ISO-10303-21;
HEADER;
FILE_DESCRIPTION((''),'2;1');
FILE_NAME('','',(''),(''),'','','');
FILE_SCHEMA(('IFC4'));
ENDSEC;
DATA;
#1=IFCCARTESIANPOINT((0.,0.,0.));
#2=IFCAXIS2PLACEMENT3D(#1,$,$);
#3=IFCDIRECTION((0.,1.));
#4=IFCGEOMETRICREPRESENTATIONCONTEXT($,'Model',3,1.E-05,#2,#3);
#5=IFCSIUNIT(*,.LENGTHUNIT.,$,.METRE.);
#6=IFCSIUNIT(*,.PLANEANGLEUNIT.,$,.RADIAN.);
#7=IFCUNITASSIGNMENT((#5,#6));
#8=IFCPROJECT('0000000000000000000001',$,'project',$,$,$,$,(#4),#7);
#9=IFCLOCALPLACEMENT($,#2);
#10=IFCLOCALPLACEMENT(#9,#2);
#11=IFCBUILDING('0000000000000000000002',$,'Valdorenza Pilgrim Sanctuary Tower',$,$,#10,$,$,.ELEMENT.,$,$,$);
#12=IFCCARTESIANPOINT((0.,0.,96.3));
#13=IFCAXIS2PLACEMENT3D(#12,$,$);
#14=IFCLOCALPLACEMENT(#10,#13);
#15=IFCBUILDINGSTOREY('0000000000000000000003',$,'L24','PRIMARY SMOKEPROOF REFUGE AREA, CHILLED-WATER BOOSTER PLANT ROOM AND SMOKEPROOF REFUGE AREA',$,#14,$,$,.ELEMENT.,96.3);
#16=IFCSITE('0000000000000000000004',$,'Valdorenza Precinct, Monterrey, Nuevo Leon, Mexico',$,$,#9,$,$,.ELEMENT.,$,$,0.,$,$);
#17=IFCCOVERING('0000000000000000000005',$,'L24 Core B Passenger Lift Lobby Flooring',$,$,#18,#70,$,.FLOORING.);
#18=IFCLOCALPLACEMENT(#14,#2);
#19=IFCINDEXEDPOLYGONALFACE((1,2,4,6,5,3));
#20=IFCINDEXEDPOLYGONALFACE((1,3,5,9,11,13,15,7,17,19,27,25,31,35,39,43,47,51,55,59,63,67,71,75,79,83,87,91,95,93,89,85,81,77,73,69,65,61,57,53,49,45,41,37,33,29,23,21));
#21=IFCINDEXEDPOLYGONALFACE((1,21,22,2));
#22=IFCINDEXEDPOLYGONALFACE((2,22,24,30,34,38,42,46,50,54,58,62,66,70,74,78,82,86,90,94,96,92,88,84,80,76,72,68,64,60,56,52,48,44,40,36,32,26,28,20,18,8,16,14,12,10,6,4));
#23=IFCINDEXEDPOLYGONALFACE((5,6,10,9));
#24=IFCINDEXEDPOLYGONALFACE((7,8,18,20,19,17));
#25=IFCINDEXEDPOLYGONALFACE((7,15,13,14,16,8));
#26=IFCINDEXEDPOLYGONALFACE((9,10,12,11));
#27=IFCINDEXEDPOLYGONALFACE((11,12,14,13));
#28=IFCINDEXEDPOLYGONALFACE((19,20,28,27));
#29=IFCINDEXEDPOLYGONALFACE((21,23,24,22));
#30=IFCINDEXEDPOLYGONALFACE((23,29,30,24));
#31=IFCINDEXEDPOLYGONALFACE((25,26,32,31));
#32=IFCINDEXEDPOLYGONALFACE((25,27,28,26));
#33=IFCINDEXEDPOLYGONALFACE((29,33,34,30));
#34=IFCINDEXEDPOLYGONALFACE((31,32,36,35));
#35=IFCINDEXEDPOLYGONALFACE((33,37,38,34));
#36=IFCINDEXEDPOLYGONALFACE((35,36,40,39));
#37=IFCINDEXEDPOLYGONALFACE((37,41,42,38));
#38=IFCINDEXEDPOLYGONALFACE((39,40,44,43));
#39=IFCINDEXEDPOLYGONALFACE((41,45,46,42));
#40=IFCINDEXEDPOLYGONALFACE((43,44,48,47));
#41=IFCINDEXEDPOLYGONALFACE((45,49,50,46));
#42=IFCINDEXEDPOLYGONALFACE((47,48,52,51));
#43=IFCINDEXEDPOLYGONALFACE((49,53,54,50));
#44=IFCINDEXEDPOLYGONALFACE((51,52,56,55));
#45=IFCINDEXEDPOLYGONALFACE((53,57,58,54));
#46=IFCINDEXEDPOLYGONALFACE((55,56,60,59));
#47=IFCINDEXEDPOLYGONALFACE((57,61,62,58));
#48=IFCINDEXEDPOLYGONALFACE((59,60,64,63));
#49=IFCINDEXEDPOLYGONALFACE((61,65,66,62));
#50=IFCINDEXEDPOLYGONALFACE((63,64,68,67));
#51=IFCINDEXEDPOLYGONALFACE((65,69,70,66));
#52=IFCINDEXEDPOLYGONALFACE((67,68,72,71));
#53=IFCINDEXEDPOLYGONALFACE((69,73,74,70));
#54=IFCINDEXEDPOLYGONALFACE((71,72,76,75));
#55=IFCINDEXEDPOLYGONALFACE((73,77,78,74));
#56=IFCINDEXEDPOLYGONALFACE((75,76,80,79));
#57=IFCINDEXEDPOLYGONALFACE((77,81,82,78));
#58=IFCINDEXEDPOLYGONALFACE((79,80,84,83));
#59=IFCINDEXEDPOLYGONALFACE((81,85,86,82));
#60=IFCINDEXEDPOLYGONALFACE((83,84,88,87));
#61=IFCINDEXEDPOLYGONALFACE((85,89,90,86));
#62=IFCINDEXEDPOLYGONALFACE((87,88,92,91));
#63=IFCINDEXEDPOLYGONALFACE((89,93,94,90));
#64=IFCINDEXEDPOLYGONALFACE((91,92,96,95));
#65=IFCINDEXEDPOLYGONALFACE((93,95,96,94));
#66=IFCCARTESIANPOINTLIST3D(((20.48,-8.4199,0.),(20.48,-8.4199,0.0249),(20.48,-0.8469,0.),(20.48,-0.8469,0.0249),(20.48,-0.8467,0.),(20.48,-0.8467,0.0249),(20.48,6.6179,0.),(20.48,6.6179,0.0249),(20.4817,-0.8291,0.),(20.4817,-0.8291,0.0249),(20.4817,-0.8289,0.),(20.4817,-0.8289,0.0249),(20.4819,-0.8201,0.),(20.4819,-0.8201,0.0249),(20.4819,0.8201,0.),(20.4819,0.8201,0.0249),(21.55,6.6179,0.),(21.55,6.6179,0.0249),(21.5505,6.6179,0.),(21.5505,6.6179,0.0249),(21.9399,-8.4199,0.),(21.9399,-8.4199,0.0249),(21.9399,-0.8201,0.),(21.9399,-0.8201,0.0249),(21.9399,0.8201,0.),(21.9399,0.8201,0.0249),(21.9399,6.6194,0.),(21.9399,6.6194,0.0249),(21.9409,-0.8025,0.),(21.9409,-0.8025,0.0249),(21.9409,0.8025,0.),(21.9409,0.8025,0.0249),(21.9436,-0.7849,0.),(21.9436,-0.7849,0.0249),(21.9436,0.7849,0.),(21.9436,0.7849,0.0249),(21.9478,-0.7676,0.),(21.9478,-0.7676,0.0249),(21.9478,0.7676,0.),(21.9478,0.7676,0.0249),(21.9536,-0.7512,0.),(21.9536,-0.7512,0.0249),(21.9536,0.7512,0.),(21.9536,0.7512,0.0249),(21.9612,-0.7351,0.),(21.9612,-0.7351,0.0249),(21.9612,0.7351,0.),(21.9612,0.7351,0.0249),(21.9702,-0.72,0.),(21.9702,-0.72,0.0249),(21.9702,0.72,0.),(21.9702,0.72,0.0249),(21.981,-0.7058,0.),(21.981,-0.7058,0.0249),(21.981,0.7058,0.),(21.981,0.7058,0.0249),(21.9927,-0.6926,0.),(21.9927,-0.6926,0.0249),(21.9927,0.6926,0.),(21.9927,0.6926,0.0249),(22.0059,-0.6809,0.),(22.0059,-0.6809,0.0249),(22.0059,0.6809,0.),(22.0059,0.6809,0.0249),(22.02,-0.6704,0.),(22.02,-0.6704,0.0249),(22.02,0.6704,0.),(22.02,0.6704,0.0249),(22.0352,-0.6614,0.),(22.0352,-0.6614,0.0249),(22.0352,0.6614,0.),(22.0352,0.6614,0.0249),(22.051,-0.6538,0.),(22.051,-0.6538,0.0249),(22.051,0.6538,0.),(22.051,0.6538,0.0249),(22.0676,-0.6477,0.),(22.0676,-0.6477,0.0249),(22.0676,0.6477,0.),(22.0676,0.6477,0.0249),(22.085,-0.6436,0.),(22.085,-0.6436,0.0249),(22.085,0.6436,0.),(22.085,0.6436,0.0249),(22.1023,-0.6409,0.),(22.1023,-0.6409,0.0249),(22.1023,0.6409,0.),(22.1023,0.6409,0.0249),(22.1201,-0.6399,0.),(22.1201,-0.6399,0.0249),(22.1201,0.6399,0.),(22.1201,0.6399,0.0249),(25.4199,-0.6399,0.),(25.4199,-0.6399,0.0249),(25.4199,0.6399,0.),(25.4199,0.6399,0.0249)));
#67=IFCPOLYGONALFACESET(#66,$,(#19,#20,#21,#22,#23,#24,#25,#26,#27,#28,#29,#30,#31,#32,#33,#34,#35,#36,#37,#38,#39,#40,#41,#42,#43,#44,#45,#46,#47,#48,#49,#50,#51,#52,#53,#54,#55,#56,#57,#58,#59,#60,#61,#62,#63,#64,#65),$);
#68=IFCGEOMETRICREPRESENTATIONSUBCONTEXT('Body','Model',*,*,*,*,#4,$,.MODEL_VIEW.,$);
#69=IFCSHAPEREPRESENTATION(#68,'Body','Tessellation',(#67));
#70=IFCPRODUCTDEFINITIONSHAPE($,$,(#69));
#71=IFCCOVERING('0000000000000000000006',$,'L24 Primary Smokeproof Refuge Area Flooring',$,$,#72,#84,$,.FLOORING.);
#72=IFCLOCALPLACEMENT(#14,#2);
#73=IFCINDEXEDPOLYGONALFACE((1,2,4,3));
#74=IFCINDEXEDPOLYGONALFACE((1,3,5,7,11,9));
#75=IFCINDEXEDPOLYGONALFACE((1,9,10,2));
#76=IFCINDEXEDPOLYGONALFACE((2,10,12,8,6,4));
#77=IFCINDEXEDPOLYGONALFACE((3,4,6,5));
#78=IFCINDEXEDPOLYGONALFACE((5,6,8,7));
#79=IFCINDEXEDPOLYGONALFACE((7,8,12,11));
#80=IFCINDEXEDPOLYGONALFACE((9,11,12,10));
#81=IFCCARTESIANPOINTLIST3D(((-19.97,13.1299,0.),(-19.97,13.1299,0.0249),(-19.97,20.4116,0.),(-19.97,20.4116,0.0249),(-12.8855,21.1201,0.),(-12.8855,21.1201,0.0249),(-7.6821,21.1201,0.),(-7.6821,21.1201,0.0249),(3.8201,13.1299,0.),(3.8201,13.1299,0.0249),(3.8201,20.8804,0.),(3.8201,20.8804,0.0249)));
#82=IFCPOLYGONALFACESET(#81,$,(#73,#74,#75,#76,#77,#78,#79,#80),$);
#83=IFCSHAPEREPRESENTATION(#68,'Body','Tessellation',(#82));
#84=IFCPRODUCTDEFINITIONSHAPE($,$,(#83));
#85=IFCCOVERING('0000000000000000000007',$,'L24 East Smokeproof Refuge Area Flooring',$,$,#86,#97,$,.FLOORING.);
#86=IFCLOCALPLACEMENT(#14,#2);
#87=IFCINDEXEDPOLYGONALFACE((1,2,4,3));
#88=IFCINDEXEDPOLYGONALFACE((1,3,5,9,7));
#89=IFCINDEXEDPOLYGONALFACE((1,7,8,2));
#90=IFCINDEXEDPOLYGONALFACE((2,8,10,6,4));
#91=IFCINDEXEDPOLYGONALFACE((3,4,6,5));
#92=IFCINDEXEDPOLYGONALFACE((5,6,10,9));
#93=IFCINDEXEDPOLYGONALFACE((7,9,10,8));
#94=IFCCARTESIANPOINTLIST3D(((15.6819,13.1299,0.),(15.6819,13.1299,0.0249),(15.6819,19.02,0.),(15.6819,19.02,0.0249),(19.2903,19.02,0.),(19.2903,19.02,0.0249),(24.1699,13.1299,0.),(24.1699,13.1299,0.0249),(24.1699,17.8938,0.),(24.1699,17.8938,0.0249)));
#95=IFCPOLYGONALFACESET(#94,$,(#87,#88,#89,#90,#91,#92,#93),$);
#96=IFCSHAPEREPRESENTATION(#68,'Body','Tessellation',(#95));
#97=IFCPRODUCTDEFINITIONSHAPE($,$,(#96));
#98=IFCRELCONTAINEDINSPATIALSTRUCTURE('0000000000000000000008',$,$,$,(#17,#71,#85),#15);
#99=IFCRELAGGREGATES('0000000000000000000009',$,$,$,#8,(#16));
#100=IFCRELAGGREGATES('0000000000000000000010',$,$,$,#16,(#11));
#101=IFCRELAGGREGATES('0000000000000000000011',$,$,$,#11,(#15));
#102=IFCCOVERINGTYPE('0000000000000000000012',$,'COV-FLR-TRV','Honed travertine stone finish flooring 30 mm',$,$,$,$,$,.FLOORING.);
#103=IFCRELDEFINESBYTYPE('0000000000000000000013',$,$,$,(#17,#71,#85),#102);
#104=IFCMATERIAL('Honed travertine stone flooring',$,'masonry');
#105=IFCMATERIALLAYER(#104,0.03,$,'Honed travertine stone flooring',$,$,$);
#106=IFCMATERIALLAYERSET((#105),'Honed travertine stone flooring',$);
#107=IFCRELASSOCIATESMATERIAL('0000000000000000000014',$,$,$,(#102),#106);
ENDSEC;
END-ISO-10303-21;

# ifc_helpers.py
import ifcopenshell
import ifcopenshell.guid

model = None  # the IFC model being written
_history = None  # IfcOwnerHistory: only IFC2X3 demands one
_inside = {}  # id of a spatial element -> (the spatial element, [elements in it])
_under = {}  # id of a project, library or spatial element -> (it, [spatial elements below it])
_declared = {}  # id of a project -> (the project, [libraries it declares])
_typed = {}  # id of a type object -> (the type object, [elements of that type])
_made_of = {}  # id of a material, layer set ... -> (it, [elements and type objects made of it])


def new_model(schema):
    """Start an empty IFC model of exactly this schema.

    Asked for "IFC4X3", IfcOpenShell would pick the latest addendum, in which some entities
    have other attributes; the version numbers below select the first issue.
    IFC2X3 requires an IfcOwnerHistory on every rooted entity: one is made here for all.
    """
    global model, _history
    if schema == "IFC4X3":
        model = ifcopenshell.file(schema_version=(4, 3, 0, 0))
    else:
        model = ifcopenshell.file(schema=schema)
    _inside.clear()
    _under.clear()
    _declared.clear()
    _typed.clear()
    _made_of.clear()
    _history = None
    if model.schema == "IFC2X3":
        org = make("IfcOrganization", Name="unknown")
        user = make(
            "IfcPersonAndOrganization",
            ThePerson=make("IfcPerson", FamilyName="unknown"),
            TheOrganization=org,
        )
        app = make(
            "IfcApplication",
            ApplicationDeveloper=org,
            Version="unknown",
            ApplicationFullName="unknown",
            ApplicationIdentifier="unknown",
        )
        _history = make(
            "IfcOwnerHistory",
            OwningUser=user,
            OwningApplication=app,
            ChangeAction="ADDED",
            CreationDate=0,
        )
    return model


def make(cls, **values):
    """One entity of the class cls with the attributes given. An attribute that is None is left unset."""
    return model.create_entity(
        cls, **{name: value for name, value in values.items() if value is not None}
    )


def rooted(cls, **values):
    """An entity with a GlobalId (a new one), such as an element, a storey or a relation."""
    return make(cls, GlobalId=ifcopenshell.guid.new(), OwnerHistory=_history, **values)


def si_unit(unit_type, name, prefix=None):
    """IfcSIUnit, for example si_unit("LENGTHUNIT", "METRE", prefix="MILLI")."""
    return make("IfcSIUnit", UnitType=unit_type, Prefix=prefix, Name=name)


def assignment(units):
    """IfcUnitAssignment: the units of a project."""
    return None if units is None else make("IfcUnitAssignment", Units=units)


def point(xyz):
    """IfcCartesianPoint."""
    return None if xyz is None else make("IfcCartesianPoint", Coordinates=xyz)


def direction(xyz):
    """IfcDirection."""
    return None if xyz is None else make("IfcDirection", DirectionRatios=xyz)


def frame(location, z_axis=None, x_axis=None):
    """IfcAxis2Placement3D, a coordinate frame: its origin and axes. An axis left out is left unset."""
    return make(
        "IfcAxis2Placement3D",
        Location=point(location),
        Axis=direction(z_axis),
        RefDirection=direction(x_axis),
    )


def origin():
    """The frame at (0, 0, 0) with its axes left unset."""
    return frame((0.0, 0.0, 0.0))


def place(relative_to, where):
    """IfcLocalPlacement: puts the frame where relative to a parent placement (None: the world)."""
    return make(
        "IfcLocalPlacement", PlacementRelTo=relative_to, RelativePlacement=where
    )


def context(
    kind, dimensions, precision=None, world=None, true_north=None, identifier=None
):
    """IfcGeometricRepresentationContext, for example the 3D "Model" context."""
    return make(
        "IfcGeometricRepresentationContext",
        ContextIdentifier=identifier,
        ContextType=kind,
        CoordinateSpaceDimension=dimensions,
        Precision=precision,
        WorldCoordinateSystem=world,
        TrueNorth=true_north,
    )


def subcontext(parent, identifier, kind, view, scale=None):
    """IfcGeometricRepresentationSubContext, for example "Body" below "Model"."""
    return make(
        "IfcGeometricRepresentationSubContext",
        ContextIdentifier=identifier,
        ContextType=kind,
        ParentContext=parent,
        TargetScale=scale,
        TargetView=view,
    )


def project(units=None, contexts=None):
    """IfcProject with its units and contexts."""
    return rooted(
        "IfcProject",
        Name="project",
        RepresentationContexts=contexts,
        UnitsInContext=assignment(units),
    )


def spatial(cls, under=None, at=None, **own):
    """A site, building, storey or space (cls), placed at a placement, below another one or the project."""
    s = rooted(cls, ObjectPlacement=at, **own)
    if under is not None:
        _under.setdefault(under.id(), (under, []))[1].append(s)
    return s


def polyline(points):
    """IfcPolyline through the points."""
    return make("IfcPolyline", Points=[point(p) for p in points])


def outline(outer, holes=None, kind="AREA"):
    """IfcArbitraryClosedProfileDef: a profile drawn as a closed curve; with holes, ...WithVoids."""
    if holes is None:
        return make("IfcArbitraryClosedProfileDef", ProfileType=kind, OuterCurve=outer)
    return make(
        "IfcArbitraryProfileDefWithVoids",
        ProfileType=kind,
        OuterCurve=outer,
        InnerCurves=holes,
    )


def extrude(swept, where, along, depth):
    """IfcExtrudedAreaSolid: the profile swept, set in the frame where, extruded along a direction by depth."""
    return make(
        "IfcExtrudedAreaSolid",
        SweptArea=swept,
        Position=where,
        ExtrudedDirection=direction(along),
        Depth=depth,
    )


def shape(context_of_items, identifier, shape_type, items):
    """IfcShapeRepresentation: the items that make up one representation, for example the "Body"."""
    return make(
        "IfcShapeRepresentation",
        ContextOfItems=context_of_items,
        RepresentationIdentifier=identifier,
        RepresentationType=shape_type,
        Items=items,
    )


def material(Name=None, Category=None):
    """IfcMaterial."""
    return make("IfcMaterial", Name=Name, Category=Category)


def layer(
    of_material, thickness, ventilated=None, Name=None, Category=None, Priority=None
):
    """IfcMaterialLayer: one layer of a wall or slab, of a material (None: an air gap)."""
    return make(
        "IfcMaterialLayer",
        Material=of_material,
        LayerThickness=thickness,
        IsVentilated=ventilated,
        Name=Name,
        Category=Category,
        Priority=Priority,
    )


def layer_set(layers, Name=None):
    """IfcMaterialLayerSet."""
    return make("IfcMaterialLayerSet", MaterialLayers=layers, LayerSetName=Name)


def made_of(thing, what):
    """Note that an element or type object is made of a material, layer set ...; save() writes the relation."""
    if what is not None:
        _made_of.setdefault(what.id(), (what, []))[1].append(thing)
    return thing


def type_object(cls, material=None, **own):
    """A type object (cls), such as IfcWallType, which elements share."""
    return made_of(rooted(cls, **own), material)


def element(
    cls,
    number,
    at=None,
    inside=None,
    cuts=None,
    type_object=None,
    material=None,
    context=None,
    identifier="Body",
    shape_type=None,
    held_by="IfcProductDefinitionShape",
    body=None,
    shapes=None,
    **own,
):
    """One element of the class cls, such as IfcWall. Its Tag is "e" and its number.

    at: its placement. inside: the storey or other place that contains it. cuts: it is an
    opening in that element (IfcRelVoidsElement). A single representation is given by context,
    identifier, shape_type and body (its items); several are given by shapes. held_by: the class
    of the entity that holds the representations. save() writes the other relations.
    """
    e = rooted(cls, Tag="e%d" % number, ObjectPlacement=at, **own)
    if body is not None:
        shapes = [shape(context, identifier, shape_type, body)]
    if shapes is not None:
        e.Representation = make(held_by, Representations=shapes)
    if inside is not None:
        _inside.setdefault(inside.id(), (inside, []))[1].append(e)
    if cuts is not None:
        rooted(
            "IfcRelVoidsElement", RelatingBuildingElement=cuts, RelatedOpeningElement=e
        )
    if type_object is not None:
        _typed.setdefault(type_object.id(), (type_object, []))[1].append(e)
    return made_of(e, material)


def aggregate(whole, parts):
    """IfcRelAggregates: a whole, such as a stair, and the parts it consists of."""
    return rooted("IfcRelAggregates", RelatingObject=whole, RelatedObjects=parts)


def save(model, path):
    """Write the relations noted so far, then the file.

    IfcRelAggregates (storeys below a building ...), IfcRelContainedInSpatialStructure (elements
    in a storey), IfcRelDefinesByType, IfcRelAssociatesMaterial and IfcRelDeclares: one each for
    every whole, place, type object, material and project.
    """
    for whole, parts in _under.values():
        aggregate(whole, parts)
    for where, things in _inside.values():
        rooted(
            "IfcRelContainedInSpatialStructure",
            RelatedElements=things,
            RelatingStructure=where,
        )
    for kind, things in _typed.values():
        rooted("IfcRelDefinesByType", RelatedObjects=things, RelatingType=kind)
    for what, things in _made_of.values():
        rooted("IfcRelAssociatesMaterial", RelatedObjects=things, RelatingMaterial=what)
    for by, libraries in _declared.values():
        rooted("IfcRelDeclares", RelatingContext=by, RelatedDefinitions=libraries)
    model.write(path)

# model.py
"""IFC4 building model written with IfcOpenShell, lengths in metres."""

from ifc_helpers import new_model, si_unit, direction, frame, origin, place, context, subcontext, project, spatial, polyline, outline, extrude, material, layer, layer_set, type_object, element, save


model = new_model("IFC4")

# Units and contexts
model_context = context("Model", 3, precision=1e-05, world=origin(), true_north=direction((0.0, 1.0)))
body_context = subcontext(model_context, "Body", "Model", "MODEL_VIEW")
ifc_project = project(units=[si_unit("LENGTHUNIT", "METRE"), si_unit("PLANEANGLEUNIT", "RADIAN")], contexts=[model_context])

# Site, building, storey
site_placement = place(None, origin())
site = spatial("IfcSite", under=ifc_project, at=site_placement, Name="Valdorenza Precinct, Monterrey, Nuevo Leon, Mexico", CompositionType="ELEMENT", RefElevation=0.0)
building_placement = place(site_placement, origin())
building = spatial("IfcBuilding", under=site, at=building_placement, Name="Valdorenza Pilgrim Sanctuary Tower", CompositionType="ELEMENT")
storey_placement = place(building_placement, frame((0.0, 0.0, 96.3)))
storey = spatial("IfcBuildingStorey", under=building, at=storey_placement, Name="L24", Description="PRIMARY SMOKEPROOF REFUGE AREA, CHILLED-WATER BOOSTER PLANT ROOM AND SMOKEPROOF REFUGE AREA", CompositionType="ELEMENT", Elevation=96.3)

# Coverings
ifc_material_1 = material(Name="Honed travertine stone flooring", Category="masonry")
ifc_layer_1 = layer(ifc_material_1, 0.03, Name="Honed travertine stone flooring")
ifc_layer_set_1 = layer_set([ifc_layer_1], Name="Honed travertine stone flooring")
covering_type_1 = type_object("IfcCoveringType", Name="COV-FLR-TRV", Description="Honed travertine stone finish flooring 30 mm", PredefinedType="FLOORING", material=ifc_layer_set_1)
covering_1_placement = place(storey_placement, origin())
element("IfcCovering", 1, at=covering_1_placement, inside=storey, type_object=covering_type_1, Name="L24 Core B Passenger Lift Lobby Flooring", PredefinedType="FLOORING", context=body_context, shape_type="SweptSolid", body=[
    extrude(outline(polyline([(20.48, 6.6179), (21.55, 6.6179), (21.5505, 6.6179), (21.9399, 6.6194), (21.9399, 0.8201), (21.9409, 0.8025), (21.9436, 0.7849), (21.9478, 0.7676), (21.9536, 0.7512), (21.9612, 0.7351), (21.9702, 0.72), (21.981, 0.7058), (21.9927, 0.6926), (22.0059, 0.6809), (22.02, 0.6704), (22.0352, 0.6614), (22.051, 0.6538), (22.0676, 0.6477), (22.085, 0.6436), (22.1023, 0.6409), (22.1201, 0.6399), (25.4199, 0.6399), (25.4199, -0.6399), (22.1201, -0.6399), (22.1023, -0.6409), (22.085, -0.6436), (22.0676, -0.6477), (22.051, -0.6538), (22.0352, -0.6614), (22.02, -0.6704), (22.0059, -0.6809), (21.9927, -0.6926), (21.981, -0.7058), (21.9702, -0.72), (21.9612, -0.7351), (21.9536, -0.7512), (21.9478, -0.7676), (21.9436, -0.7849), (21.9409, -0.8025), (21.9399, -0.8201), (21.9399, -8.4199), (20.48, -8.4199), (20.48, -0.8469), (20.48, -0.8467), (20.48, -0.8467), (20.4817, -0.8291), (20.4817, -0.8289), (20.4819, -0.8201), (20.4819, 0.8201), (20.48, 6.6179)])), origin(), (0.0, 0.0, 1.0), 0.0249),
])
covering_2_placement = place(storey_placement, origin())
element("IfcCovering", 2, at=covering_2_placement, inside=storey, type_object=covering_type_1, Name="L24 Primary Smokeproof Refuge Area Flooring", PredefinedType="FLOORING", context=body_context, shape_type="SweptSolid", body=[
    extrude(outline(polyline([(-19.97, 13.1299), (-19.97, 20.4116), (-12.8855, 21.1201), (-7.6821, 21.1201), (3.8201, 20.8804), (3.8201, 13.1299), (-19.97, 13.1299)])), origin(), (0.0, 0.0, 1.0), 0.0249),
])
covering_3_placement = place(storey_placement, origin())
element("IfcCovering", 3, at=covering_3_placement, inside=storey, type_object=covering_type_1, Name="L24 East Smokeproof Refuge Area Flooring", PredefinedType="FLOORING", context=body_context, shape_type="SweptSolid", body=[
    extrude(outline(polyline([(15.6819, 13.1299), (15.6819, 19.02), (19.2903, 19.02), (24.1699, 17.8938), (24.1699, 13.1299), (15.6819, 13.1299)])), origin(), (0.0, 0.0, 1.0), 0.0249),
])

save(model, "model.ifc")
